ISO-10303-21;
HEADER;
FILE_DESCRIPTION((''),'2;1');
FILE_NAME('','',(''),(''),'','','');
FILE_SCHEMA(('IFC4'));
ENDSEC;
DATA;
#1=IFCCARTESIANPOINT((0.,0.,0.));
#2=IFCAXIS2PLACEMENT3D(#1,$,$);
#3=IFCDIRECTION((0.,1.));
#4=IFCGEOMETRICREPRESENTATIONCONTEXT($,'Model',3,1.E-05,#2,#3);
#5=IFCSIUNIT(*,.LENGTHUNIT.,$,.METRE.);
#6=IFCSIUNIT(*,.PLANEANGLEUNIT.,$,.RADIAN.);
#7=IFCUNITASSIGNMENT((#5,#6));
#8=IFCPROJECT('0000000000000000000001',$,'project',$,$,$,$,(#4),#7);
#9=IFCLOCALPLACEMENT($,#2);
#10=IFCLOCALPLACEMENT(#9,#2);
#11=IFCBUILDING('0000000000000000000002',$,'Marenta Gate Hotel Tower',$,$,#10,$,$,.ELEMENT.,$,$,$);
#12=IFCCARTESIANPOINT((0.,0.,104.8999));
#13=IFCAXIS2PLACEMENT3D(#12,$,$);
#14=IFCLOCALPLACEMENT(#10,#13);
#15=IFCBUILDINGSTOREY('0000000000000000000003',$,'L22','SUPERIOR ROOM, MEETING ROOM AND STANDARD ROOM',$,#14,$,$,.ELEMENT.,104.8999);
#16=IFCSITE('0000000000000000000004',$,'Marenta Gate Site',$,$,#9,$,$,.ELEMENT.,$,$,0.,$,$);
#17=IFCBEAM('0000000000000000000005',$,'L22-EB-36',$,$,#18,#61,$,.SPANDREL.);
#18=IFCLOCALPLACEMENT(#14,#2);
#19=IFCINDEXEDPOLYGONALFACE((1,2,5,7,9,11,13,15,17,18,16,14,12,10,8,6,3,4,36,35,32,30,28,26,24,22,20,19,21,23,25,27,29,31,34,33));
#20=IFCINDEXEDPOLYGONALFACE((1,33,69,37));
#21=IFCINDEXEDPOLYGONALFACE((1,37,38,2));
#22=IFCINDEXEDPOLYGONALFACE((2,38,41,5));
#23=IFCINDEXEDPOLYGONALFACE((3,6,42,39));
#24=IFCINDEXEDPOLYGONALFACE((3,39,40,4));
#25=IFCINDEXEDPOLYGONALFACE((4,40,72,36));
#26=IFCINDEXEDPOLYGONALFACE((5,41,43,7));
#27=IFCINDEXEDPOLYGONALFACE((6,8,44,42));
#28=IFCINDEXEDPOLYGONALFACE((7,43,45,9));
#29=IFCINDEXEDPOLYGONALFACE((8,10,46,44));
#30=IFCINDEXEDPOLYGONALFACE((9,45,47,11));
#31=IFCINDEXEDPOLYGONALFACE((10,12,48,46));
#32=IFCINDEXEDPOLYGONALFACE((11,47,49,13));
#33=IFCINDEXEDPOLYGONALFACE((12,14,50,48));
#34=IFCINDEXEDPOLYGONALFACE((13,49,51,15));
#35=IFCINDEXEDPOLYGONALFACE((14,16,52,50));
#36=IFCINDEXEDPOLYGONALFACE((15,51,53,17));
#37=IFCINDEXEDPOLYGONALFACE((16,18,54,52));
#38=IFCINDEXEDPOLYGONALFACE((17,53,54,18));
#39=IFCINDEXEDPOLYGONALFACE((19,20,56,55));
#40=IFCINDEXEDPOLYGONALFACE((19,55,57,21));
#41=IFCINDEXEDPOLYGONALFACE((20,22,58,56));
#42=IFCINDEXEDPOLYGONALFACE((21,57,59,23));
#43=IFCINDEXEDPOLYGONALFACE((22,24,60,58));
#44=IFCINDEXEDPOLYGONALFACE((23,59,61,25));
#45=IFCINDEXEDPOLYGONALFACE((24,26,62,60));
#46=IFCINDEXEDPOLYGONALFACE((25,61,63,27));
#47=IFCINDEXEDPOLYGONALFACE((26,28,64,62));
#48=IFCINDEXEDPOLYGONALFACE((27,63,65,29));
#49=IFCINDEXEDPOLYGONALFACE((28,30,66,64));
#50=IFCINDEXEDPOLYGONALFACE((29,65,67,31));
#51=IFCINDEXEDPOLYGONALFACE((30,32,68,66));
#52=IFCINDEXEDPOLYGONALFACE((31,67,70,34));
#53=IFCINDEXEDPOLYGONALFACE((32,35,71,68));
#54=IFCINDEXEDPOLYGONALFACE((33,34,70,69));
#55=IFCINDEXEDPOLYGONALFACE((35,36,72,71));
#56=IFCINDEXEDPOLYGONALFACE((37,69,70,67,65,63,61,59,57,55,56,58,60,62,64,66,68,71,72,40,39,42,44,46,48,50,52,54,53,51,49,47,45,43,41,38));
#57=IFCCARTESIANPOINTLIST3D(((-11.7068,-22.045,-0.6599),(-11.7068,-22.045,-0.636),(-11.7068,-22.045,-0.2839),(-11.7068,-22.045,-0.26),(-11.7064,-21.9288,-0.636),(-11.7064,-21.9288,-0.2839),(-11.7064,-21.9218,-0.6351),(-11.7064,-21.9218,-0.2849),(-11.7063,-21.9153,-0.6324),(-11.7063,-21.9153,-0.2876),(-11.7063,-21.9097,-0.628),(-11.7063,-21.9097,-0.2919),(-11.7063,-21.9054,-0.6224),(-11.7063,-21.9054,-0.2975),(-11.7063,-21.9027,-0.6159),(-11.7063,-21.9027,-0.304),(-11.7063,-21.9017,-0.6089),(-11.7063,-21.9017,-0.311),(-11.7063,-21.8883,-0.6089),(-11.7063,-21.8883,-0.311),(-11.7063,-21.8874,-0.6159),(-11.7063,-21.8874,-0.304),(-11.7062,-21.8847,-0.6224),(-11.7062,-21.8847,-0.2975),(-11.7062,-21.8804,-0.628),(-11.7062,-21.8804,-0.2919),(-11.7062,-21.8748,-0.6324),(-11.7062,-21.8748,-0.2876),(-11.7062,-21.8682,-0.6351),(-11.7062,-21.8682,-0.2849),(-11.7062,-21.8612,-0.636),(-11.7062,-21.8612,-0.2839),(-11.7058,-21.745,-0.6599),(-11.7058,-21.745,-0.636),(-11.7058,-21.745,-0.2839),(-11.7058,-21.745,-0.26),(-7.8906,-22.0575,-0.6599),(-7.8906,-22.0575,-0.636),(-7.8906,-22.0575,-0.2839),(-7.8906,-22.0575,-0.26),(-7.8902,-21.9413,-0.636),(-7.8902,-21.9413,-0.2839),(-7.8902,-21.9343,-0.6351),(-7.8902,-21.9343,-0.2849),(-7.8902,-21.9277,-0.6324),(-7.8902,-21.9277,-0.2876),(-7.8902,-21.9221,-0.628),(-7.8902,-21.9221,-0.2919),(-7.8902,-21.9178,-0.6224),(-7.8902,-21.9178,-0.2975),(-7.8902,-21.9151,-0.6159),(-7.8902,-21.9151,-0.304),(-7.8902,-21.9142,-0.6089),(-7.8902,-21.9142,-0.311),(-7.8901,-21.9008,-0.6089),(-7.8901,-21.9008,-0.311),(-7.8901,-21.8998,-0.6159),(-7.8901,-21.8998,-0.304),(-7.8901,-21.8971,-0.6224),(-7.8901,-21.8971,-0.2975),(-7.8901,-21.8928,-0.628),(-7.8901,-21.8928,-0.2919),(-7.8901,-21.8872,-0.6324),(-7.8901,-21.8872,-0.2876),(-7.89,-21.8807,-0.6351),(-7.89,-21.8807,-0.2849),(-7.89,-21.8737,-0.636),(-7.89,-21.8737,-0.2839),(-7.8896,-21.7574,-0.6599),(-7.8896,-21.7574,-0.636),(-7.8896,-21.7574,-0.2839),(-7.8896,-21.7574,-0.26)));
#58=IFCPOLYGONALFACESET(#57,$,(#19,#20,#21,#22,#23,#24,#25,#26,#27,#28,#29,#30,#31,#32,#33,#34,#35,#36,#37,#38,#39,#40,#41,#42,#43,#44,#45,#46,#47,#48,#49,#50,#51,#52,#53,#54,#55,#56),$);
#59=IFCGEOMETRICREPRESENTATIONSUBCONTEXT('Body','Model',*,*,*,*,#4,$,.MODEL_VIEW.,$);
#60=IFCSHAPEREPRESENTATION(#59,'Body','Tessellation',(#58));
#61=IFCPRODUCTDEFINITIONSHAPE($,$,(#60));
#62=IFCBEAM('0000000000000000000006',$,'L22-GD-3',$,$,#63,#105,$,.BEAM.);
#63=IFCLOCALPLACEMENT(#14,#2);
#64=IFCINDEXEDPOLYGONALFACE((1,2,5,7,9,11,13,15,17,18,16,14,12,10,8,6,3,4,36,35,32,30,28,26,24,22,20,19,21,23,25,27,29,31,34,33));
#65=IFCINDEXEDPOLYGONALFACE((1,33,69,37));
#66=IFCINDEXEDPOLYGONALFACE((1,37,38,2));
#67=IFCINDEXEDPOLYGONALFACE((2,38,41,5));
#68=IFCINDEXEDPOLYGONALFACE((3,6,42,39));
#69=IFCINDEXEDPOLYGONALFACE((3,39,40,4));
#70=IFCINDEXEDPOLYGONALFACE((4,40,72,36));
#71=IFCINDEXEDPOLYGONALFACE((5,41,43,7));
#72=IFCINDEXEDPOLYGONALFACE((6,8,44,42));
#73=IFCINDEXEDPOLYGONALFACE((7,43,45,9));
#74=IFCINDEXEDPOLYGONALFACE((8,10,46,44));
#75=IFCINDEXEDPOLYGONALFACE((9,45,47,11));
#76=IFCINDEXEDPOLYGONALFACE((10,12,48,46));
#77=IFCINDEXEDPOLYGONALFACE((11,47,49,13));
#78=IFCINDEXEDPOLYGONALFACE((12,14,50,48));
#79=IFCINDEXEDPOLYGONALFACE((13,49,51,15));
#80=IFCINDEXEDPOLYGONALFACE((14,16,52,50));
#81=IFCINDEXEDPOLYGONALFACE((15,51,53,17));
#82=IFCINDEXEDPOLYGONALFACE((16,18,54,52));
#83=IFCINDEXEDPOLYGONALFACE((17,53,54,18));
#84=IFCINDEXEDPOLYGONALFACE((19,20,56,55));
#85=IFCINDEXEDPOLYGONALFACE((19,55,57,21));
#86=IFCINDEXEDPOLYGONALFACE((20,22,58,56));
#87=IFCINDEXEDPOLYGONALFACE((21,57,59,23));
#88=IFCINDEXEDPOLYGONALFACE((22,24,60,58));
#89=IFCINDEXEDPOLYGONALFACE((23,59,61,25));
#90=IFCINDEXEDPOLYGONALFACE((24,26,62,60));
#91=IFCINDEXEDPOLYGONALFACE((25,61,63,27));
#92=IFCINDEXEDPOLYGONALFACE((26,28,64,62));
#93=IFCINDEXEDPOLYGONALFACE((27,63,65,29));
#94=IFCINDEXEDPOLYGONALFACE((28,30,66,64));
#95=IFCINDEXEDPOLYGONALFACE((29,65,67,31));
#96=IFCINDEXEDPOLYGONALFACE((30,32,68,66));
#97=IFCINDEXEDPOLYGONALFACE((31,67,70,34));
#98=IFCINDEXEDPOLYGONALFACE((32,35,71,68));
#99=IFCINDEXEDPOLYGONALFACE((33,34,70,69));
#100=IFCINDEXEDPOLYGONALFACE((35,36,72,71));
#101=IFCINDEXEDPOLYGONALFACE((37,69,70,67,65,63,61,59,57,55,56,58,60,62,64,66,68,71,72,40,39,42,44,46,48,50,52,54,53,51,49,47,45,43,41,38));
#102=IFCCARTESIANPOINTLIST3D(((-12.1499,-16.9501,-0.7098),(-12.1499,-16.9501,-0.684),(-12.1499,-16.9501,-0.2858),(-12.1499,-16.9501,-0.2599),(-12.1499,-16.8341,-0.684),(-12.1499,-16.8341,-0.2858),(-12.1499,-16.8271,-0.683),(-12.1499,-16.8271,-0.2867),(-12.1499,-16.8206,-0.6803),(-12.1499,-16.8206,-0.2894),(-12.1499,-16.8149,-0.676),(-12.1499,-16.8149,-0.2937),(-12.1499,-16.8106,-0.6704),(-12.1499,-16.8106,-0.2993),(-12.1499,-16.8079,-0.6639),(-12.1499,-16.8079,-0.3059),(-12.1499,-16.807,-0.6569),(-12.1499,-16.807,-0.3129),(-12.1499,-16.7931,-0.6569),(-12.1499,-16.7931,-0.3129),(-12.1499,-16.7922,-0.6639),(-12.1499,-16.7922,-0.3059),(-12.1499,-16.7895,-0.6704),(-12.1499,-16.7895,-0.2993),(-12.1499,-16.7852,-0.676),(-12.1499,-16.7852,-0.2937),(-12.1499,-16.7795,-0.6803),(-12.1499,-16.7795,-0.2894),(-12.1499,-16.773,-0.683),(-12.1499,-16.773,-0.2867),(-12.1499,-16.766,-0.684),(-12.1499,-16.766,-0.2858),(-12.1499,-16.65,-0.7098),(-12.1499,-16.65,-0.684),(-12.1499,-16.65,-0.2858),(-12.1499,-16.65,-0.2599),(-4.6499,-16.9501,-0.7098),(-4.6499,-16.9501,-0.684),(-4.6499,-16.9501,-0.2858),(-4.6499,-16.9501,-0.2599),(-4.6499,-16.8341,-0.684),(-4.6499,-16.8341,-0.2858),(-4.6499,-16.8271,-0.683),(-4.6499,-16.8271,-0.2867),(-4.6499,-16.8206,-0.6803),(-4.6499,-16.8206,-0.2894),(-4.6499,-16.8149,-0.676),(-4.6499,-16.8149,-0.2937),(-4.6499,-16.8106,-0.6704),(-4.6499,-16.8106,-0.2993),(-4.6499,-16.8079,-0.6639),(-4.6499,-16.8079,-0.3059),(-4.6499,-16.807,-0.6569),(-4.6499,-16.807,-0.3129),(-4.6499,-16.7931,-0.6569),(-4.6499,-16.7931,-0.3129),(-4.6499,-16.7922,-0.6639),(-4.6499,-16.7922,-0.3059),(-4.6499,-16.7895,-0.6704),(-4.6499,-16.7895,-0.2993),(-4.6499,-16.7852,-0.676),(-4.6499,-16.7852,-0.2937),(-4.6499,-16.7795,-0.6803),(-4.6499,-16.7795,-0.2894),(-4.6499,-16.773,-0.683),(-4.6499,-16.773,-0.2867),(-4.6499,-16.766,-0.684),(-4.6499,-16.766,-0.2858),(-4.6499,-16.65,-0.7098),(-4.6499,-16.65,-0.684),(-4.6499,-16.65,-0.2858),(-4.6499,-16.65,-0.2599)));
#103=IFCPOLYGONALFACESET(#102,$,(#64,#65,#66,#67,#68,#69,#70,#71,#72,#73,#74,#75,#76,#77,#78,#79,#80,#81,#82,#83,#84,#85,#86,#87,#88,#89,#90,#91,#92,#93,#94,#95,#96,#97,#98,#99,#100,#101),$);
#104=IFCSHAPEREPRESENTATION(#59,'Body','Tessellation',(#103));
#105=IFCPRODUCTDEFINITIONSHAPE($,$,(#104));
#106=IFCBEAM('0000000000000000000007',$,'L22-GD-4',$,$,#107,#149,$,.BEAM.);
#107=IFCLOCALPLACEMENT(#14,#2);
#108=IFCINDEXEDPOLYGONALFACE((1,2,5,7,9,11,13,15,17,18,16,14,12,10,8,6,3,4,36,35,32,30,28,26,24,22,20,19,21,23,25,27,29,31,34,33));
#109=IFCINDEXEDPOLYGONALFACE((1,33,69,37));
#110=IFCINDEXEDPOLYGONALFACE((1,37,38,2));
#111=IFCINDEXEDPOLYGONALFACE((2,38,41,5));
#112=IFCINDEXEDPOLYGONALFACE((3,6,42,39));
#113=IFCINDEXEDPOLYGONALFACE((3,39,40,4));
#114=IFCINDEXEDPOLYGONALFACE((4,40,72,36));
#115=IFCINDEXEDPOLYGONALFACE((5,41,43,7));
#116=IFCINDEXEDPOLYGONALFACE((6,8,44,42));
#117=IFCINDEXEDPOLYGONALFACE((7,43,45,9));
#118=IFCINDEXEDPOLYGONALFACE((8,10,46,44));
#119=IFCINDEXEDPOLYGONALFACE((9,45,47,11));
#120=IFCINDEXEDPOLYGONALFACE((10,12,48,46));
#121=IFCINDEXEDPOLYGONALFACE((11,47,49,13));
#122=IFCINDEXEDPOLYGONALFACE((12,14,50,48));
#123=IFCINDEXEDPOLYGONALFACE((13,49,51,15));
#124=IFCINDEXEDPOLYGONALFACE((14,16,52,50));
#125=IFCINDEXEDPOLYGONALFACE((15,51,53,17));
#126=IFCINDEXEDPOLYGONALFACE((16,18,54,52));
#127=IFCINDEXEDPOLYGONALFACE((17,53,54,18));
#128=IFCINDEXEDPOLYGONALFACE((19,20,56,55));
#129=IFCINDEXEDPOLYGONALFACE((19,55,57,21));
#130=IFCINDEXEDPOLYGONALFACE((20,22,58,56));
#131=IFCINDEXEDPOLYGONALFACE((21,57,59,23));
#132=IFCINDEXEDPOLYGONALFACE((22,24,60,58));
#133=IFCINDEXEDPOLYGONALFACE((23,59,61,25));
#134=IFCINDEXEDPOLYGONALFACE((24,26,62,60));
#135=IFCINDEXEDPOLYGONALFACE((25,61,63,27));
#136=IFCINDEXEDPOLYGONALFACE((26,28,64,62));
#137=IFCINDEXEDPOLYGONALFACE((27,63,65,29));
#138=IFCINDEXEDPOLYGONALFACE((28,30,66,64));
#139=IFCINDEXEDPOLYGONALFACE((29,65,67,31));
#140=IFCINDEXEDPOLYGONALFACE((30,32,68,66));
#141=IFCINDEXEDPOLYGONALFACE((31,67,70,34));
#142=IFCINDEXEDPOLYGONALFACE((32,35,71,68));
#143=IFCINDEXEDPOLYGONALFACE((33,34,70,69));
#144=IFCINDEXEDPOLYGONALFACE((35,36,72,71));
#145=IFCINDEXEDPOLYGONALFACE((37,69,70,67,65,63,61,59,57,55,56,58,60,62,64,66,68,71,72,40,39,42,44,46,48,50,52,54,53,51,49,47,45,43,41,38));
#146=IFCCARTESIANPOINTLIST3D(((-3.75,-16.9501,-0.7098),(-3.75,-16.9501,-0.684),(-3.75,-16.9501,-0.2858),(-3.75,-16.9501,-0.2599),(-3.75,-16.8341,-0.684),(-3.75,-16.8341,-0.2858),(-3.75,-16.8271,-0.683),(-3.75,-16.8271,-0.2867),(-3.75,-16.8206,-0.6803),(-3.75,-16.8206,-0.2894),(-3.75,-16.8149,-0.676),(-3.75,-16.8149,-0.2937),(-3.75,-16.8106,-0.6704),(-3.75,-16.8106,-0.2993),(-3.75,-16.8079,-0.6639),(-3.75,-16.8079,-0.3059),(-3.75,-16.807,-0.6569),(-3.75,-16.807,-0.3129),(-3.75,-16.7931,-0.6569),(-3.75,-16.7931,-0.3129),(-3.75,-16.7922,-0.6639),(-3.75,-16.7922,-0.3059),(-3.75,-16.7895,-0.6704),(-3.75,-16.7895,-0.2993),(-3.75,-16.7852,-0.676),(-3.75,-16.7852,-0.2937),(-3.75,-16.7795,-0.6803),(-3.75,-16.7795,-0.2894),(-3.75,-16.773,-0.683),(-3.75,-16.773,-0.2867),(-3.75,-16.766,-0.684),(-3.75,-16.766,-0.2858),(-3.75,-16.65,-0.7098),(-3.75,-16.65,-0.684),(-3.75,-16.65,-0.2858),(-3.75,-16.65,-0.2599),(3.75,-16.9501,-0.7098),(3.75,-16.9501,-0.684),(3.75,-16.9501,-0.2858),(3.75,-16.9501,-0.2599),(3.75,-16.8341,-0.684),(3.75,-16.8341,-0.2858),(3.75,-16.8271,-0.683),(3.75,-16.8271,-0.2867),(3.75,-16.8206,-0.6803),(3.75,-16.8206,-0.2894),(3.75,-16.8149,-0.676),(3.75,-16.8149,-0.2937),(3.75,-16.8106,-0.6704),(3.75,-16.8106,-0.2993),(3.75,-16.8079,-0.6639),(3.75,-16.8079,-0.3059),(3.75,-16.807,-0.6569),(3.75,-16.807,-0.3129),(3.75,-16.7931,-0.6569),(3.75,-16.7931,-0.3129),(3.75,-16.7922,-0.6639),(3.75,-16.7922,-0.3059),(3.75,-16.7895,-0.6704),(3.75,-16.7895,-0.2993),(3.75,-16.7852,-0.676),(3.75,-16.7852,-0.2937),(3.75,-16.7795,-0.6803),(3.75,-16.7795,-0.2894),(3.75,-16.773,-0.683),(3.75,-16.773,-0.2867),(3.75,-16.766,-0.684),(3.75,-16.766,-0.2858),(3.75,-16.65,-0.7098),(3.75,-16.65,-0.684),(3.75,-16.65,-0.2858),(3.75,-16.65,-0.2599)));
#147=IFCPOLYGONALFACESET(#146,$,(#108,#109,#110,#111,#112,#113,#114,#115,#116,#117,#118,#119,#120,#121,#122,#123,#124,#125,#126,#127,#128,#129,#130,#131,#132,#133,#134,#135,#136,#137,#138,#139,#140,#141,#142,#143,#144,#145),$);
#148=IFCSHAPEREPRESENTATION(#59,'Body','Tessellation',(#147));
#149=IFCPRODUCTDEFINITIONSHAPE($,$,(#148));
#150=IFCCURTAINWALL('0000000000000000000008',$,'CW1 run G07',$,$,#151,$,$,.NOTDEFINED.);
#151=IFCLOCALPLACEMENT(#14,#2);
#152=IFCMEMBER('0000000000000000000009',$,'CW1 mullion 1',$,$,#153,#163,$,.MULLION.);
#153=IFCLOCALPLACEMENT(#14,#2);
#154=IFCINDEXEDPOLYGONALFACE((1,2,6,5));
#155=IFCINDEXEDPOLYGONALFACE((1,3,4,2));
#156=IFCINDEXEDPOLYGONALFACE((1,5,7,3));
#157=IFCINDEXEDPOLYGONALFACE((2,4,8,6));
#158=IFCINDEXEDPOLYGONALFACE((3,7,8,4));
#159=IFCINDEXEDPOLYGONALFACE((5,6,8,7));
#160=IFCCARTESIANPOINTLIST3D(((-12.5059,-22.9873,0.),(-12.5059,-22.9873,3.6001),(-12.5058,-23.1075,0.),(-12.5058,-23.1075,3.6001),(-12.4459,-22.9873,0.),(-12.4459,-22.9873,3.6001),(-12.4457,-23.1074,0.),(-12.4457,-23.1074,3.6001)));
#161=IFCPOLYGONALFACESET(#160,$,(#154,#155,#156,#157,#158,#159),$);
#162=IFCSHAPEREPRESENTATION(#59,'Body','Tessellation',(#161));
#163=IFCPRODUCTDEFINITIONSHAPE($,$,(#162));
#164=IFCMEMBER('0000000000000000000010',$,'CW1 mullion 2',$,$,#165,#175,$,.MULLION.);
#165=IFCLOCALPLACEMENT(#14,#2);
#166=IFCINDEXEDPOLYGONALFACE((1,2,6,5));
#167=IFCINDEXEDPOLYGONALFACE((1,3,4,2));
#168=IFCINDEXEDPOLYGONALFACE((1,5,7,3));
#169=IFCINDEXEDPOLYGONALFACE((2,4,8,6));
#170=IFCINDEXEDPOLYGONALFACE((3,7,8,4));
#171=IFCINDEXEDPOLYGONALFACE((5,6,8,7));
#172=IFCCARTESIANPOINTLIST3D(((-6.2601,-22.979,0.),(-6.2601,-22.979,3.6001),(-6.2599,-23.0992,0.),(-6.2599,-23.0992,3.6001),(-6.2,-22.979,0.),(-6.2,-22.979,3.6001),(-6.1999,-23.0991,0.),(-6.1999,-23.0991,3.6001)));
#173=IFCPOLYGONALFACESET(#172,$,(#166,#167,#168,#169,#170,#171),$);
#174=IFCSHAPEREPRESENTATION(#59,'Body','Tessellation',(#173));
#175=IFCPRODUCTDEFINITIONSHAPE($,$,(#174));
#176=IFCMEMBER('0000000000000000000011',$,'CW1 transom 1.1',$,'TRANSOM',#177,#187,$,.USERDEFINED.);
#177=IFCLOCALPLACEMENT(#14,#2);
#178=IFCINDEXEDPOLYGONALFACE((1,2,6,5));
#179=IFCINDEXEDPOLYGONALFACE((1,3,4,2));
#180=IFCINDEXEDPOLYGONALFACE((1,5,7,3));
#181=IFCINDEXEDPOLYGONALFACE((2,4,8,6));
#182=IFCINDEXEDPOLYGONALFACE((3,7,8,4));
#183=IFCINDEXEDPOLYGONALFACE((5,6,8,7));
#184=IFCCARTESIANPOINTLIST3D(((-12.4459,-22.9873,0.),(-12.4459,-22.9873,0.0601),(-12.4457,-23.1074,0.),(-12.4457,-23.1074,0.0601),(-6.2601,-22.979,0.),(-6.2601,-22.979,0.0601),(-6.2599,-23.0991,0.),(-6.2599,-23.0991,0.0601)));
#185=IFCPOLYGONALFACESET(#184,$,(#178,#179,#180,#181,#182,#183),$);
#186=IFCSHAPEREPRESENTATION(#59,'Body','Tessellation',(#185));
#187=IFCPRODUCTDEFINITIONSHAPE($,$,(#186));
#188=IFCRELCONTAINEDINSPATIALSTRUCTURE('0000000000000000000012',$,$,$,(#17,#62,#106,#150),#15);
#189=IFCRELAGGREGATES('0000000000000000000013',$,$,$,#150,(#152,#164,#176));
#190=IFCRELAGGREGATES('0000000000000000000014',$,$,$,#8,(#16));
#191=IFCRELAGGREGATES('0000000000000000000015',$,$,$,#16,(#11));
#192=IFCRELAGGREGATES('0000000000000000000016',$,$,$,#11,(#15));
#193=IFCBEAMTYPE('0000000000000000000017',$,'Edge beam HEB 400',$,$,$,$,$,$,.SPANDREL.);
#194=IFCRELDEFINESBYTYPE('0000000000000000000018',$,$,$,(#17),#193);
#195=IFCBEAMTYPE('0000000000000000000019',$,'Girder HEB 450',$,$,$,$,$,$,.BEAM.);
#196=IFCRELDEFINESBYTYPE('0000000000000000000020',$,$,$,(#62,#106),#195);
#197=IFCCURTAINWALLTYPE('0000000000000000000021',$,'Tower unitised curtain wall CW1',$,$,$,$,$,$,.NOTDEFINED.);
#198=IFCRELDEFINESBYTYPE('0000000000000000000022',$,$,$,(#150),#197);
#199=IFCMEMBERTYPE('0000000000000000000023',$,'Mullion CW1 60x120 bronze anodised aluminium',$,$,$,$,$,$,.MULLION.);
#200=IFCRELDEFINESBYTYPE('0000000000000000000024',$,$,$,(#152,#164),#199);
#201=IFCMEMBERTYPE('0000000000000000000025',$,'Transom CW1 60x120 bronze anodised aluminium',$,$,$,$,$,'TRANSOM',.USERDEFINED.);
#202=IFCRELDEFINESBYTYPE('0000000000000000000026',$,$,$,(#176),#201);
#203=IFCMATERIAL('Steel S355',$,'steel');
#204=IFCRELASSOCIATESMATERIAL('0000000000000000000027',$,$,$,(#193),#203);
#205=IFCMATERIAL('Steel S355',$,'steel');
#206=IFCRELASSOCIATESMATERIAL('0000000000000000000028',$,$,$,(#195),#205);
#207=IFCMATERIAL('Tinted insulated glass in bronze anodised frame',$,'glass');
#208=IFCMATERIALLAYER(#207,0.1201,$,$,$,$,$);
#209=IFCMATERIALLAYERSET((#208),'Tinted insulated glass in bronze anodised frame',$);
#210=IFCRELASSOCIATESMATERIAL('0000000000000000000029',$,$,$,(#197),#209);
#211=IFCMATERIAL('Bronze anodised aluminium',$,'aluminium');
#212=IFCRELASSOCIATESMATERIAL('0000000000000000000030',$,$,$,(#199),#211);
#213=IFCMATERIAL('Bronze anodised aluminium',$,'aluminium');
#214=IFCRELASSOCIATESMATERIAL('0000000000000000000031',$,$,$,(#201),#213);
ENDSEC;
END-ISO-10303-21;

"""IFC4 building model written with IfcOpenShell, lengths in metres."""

from ifc_helpers import new_model, si_unit, direction, frame, origin, origin_2d, place, context, subcontext, project, spatial, rectangle, i_section, extrude, material, layer, layer_set, material_profile, profile_set, type_object, element, aggregate, save


model = new_model("IFC4")

# Units and contexts
model_context = context("Model", 3, precision=1e-05, world=origin(), true_north=direction((0.0, 1.0)))
body_context = subcontext(model_context, "Body", "Model", "MODEL_VIEW")
ifc_project = project(units=[si_unit("LENGTHUNIT", "METRE"), si_unit("PLANEANGLEUNIT", "RADIAN")], contexts=[model_context])

# Site, building, storey
site_placement = place(None, origin())
site = spatial("IfcSite", under=ifc_project, at=site_placement, Name="Marenta Gate Site", CompositionType="ELEMENT", RefElevation=0.0)
building_placement = place(site_placement, origin())
building = spatial("IfcBuilding", under=site, at=building_placement, Name="Marenta Gate Hotel Tower", CompositionType="ELEMENT")
storey_placement = place(building_placement, frame((0.0, 0.0, 104.8999)))
storey = spatial("IfcBuildingStorey", under=building, at=storey_placement, Name="L22", Description="SUPERIOR ROOM, MEETING ROOM AND STANDARD ROOM", CompositionType="ELEMENT", Elevation=104.8999)

# Beams
ifc_material_1 = material(Name="Steel S355", Category="steel")
ifc_material_profile_1 = material_profile(ifc_material_1, i_section(OverallWidth=0.3, OverallDepth=0.3999, WebThickness=0.0134, FlangeThickness=0.0239, FilletRadius=0.0271, at=origin_2d()), Name="HEB 400")
ifc_profile_set_1 = profile_set([ifc_material_profile_1], Name="Steel S355")
beam_type_1 = type_object("IfcBeamType", Name="Edge beam HEB 400", PredefinedType="SPANDREL", material=ifc_profile_set_1)
beam_1_placement = place(storey_placement, frame((-7.8901, -21.9075, -0.46), z_axis=(-0.999995, 0.003263, 0.0), x_axis=(-0.003263, -0.999995, 0.0)))
element("IfcBeam", 1, at=beam_1_placement, inside=storey, type_object=beam_type_1, Name="L22-EB-36", PredefinedType="SPANDREL", context=body_context, shape_type="SweptSolid", body=[
    extrude(i_section(OverallWidth=0.3, OverallDepth=0.3999, WebThickness=0.0134, FlangeThickness=0.0239, FilletRadius=0.0271, at=origin_2d()), origin(), (0.0, 0.0, 1.0), 3.8162),
])
ifc_material_2 = material(Name="Steel S355", Category="steel")
ifc_material_profile_2 = material_profile(ifc_material_2, i_section(OverallWidth=0.3, OverallDepth=0.45, WebThickness=0.0139, FlangeThickness=0.0259, FilletRadius=0.0271, at=origin_2d()), Name="HEB 450")
ifc_profile_set_2 = profile_set([ifc_material_profile_2], Name="Steel S355")
beam_type_2 = type_object("IfcBeamType", Name="Girder HEB 450", PredefinedType="BEAM", material=ifc_profile_set_2)
for number, where, z_axis, x_axis, name in (
    (2, (-12.1499, -16.8, -0.4849), (1.0, 0.0, 0.0), (0.0, 1.0, 0.0), "L22-GD-3"),
    (3, (-3.75, -16.8, -0.4849), (1.0, 0.0, 0.0), (0.0, 1.0, 0.0), "L22-GD-4"),
):
    element("IfcBeam", number, at=place(storey_placement, frame(where, z_axis=z_axis, x_axis=x_axis)), inside=storey, type_object=beam_type_2, Name=name, PredefinedType="BEAM", context=body_context, shape_type="SweptSolid", body=[
        extrude(i_section(OverallWidth=0.3, OverallDepth=0.45, WebThickness=0.0139, FlangeThickness=0.0259, FilletRadius=0.0271, at=origin_2d()), origin(), (0.0, 0.0, 1.0), 7.5),
    ])

# Curtain wall, members
ifc_material_3 = material(Name="Tinted insulated glass in bronze anodised frame", Category="glass")
ifc_layer_1 = layer(ifc_material_3, 0.1201)
ifc_layer_set_1 = layer_set([ifc_layer_1], Name="Tinted insulated glass in bronze anodised frame")
curtain_wall_type = type_object("IfcCurtainWallType", Name="Tower unitised curtain wall CW1", PredefinedType="NOTDEFINED", material=ifc_layer_set_1)
curtain_wall_1_placement = place(storey_placement, origin())
curtain_wall_1 = element("IfcCurtainWall", 4, at=curtain_wall_1_placement, inside=storey, type_object=curtain_wall_type, Name="CW1 run G07", PredefinedType="NOTDEFINED")
ifc_material_4 = material(Name="Bronze anodised aluminium", Category="aluminium")
ifc_material_profile_3 = material_profile(ifc_material_4, rectangle(XDim=0.1201, YDim=0.0601, at=origin_2d()), Name="Mullion CW1 60x120 bronze anodised aluminium")
ifc_profile_set_3 = profile_set([ifc_material_profile_3], Name="Bronze anodised aluminium")
member_type_1 = type_object("IfcMemberType", Name="Mullion CW1 60x120 bronze anodised aluminium", PredefinedType="MULLION", material=ifc_profile_set_3)
member_1_placement = place(storey_placement, frame((-12.4758, -23.0474, 0.0), z_axis=(0.0, 0.0, 1.0), x_axis=(-0.001362, 0.999999, 0.0)))
member_1 = element("IfcMember", 5, at=member_1_placement, type_object=member_type_1, Name="CW1 mullion 1", PredefinedType="MULLION", context=body_context, shape_type="SweptSolid", body=[
    extrude(rectangle(XDim=0.1201, YDim=0.0601, at=origin_2d()), origin(), (0.0, 0.0, 1.0), 3.6001),
])
member_2_placement = place(storey_placement, frame((-6.23, -23.0391, 0.0), z_axis=(0.0, 0.0, 1.0), x_axis=(-0.001362, 0.999999, 0.0)))
member_2 = element("IfcMember", 6, at=member_2_placement, type_object=member_type_1, Name="CW1 mullion 2", PredefinedType="MULLION", context=body_context, shape_type="SweptSolid", body=[
    extrude(rectangle(XDim=0.1201, YDim=0.0601, at=origin_2d()), origin(), (0.0, 0.0, 1.0), 3.6001),
])
ifc_material_5 = material(Name="Bronze anodised aluminium", Category="aluminium")
ifc_material_profile_4 = material_profile(ifc_material_5, rectangle(XDim=0.1201, YDim=0.0601, at=origin_2d()), Name="Transom CW1 60x120 bronze anodised aluminium")
ifc_profile_set_4 = profile_set([ifc_material_profile_4], Name="Bronze anodised aluminium")
member_type_2 = type_object("IfcMemberType", Name="Transom CW1 60x120 bronze anodised aluminium", ElementType="TRANSOM", PredefinedType="USERDEFINED", material=ifc_profile_set_4)
member_3_placement = place(storey_placement, frame((-12.4458, -23.0474, 0.03), z_axis=(0.999999, 0.001342, 0.0), x_axis=(-0.001342, 0.999999, 0.0)))
member_3 = element("IfcMember", 7, at=member_3_placement, type_object=member_type_2, Name="CW1 transom 1.1", ObjectType="TRANSOM", PredefinedType="USERDEFINED", context=body_context, shape_type="SweptSolid", body=[
    extrude(rectangle(XDim=0.1201, YDim=0.0601, at=origin_2d()), origin(), (0.0, 0.0, 1.0), 6.1858),
])

aggregate(curtain_wall_1, [member_1, member_2, member_3])

save(model, "model.ifc")
